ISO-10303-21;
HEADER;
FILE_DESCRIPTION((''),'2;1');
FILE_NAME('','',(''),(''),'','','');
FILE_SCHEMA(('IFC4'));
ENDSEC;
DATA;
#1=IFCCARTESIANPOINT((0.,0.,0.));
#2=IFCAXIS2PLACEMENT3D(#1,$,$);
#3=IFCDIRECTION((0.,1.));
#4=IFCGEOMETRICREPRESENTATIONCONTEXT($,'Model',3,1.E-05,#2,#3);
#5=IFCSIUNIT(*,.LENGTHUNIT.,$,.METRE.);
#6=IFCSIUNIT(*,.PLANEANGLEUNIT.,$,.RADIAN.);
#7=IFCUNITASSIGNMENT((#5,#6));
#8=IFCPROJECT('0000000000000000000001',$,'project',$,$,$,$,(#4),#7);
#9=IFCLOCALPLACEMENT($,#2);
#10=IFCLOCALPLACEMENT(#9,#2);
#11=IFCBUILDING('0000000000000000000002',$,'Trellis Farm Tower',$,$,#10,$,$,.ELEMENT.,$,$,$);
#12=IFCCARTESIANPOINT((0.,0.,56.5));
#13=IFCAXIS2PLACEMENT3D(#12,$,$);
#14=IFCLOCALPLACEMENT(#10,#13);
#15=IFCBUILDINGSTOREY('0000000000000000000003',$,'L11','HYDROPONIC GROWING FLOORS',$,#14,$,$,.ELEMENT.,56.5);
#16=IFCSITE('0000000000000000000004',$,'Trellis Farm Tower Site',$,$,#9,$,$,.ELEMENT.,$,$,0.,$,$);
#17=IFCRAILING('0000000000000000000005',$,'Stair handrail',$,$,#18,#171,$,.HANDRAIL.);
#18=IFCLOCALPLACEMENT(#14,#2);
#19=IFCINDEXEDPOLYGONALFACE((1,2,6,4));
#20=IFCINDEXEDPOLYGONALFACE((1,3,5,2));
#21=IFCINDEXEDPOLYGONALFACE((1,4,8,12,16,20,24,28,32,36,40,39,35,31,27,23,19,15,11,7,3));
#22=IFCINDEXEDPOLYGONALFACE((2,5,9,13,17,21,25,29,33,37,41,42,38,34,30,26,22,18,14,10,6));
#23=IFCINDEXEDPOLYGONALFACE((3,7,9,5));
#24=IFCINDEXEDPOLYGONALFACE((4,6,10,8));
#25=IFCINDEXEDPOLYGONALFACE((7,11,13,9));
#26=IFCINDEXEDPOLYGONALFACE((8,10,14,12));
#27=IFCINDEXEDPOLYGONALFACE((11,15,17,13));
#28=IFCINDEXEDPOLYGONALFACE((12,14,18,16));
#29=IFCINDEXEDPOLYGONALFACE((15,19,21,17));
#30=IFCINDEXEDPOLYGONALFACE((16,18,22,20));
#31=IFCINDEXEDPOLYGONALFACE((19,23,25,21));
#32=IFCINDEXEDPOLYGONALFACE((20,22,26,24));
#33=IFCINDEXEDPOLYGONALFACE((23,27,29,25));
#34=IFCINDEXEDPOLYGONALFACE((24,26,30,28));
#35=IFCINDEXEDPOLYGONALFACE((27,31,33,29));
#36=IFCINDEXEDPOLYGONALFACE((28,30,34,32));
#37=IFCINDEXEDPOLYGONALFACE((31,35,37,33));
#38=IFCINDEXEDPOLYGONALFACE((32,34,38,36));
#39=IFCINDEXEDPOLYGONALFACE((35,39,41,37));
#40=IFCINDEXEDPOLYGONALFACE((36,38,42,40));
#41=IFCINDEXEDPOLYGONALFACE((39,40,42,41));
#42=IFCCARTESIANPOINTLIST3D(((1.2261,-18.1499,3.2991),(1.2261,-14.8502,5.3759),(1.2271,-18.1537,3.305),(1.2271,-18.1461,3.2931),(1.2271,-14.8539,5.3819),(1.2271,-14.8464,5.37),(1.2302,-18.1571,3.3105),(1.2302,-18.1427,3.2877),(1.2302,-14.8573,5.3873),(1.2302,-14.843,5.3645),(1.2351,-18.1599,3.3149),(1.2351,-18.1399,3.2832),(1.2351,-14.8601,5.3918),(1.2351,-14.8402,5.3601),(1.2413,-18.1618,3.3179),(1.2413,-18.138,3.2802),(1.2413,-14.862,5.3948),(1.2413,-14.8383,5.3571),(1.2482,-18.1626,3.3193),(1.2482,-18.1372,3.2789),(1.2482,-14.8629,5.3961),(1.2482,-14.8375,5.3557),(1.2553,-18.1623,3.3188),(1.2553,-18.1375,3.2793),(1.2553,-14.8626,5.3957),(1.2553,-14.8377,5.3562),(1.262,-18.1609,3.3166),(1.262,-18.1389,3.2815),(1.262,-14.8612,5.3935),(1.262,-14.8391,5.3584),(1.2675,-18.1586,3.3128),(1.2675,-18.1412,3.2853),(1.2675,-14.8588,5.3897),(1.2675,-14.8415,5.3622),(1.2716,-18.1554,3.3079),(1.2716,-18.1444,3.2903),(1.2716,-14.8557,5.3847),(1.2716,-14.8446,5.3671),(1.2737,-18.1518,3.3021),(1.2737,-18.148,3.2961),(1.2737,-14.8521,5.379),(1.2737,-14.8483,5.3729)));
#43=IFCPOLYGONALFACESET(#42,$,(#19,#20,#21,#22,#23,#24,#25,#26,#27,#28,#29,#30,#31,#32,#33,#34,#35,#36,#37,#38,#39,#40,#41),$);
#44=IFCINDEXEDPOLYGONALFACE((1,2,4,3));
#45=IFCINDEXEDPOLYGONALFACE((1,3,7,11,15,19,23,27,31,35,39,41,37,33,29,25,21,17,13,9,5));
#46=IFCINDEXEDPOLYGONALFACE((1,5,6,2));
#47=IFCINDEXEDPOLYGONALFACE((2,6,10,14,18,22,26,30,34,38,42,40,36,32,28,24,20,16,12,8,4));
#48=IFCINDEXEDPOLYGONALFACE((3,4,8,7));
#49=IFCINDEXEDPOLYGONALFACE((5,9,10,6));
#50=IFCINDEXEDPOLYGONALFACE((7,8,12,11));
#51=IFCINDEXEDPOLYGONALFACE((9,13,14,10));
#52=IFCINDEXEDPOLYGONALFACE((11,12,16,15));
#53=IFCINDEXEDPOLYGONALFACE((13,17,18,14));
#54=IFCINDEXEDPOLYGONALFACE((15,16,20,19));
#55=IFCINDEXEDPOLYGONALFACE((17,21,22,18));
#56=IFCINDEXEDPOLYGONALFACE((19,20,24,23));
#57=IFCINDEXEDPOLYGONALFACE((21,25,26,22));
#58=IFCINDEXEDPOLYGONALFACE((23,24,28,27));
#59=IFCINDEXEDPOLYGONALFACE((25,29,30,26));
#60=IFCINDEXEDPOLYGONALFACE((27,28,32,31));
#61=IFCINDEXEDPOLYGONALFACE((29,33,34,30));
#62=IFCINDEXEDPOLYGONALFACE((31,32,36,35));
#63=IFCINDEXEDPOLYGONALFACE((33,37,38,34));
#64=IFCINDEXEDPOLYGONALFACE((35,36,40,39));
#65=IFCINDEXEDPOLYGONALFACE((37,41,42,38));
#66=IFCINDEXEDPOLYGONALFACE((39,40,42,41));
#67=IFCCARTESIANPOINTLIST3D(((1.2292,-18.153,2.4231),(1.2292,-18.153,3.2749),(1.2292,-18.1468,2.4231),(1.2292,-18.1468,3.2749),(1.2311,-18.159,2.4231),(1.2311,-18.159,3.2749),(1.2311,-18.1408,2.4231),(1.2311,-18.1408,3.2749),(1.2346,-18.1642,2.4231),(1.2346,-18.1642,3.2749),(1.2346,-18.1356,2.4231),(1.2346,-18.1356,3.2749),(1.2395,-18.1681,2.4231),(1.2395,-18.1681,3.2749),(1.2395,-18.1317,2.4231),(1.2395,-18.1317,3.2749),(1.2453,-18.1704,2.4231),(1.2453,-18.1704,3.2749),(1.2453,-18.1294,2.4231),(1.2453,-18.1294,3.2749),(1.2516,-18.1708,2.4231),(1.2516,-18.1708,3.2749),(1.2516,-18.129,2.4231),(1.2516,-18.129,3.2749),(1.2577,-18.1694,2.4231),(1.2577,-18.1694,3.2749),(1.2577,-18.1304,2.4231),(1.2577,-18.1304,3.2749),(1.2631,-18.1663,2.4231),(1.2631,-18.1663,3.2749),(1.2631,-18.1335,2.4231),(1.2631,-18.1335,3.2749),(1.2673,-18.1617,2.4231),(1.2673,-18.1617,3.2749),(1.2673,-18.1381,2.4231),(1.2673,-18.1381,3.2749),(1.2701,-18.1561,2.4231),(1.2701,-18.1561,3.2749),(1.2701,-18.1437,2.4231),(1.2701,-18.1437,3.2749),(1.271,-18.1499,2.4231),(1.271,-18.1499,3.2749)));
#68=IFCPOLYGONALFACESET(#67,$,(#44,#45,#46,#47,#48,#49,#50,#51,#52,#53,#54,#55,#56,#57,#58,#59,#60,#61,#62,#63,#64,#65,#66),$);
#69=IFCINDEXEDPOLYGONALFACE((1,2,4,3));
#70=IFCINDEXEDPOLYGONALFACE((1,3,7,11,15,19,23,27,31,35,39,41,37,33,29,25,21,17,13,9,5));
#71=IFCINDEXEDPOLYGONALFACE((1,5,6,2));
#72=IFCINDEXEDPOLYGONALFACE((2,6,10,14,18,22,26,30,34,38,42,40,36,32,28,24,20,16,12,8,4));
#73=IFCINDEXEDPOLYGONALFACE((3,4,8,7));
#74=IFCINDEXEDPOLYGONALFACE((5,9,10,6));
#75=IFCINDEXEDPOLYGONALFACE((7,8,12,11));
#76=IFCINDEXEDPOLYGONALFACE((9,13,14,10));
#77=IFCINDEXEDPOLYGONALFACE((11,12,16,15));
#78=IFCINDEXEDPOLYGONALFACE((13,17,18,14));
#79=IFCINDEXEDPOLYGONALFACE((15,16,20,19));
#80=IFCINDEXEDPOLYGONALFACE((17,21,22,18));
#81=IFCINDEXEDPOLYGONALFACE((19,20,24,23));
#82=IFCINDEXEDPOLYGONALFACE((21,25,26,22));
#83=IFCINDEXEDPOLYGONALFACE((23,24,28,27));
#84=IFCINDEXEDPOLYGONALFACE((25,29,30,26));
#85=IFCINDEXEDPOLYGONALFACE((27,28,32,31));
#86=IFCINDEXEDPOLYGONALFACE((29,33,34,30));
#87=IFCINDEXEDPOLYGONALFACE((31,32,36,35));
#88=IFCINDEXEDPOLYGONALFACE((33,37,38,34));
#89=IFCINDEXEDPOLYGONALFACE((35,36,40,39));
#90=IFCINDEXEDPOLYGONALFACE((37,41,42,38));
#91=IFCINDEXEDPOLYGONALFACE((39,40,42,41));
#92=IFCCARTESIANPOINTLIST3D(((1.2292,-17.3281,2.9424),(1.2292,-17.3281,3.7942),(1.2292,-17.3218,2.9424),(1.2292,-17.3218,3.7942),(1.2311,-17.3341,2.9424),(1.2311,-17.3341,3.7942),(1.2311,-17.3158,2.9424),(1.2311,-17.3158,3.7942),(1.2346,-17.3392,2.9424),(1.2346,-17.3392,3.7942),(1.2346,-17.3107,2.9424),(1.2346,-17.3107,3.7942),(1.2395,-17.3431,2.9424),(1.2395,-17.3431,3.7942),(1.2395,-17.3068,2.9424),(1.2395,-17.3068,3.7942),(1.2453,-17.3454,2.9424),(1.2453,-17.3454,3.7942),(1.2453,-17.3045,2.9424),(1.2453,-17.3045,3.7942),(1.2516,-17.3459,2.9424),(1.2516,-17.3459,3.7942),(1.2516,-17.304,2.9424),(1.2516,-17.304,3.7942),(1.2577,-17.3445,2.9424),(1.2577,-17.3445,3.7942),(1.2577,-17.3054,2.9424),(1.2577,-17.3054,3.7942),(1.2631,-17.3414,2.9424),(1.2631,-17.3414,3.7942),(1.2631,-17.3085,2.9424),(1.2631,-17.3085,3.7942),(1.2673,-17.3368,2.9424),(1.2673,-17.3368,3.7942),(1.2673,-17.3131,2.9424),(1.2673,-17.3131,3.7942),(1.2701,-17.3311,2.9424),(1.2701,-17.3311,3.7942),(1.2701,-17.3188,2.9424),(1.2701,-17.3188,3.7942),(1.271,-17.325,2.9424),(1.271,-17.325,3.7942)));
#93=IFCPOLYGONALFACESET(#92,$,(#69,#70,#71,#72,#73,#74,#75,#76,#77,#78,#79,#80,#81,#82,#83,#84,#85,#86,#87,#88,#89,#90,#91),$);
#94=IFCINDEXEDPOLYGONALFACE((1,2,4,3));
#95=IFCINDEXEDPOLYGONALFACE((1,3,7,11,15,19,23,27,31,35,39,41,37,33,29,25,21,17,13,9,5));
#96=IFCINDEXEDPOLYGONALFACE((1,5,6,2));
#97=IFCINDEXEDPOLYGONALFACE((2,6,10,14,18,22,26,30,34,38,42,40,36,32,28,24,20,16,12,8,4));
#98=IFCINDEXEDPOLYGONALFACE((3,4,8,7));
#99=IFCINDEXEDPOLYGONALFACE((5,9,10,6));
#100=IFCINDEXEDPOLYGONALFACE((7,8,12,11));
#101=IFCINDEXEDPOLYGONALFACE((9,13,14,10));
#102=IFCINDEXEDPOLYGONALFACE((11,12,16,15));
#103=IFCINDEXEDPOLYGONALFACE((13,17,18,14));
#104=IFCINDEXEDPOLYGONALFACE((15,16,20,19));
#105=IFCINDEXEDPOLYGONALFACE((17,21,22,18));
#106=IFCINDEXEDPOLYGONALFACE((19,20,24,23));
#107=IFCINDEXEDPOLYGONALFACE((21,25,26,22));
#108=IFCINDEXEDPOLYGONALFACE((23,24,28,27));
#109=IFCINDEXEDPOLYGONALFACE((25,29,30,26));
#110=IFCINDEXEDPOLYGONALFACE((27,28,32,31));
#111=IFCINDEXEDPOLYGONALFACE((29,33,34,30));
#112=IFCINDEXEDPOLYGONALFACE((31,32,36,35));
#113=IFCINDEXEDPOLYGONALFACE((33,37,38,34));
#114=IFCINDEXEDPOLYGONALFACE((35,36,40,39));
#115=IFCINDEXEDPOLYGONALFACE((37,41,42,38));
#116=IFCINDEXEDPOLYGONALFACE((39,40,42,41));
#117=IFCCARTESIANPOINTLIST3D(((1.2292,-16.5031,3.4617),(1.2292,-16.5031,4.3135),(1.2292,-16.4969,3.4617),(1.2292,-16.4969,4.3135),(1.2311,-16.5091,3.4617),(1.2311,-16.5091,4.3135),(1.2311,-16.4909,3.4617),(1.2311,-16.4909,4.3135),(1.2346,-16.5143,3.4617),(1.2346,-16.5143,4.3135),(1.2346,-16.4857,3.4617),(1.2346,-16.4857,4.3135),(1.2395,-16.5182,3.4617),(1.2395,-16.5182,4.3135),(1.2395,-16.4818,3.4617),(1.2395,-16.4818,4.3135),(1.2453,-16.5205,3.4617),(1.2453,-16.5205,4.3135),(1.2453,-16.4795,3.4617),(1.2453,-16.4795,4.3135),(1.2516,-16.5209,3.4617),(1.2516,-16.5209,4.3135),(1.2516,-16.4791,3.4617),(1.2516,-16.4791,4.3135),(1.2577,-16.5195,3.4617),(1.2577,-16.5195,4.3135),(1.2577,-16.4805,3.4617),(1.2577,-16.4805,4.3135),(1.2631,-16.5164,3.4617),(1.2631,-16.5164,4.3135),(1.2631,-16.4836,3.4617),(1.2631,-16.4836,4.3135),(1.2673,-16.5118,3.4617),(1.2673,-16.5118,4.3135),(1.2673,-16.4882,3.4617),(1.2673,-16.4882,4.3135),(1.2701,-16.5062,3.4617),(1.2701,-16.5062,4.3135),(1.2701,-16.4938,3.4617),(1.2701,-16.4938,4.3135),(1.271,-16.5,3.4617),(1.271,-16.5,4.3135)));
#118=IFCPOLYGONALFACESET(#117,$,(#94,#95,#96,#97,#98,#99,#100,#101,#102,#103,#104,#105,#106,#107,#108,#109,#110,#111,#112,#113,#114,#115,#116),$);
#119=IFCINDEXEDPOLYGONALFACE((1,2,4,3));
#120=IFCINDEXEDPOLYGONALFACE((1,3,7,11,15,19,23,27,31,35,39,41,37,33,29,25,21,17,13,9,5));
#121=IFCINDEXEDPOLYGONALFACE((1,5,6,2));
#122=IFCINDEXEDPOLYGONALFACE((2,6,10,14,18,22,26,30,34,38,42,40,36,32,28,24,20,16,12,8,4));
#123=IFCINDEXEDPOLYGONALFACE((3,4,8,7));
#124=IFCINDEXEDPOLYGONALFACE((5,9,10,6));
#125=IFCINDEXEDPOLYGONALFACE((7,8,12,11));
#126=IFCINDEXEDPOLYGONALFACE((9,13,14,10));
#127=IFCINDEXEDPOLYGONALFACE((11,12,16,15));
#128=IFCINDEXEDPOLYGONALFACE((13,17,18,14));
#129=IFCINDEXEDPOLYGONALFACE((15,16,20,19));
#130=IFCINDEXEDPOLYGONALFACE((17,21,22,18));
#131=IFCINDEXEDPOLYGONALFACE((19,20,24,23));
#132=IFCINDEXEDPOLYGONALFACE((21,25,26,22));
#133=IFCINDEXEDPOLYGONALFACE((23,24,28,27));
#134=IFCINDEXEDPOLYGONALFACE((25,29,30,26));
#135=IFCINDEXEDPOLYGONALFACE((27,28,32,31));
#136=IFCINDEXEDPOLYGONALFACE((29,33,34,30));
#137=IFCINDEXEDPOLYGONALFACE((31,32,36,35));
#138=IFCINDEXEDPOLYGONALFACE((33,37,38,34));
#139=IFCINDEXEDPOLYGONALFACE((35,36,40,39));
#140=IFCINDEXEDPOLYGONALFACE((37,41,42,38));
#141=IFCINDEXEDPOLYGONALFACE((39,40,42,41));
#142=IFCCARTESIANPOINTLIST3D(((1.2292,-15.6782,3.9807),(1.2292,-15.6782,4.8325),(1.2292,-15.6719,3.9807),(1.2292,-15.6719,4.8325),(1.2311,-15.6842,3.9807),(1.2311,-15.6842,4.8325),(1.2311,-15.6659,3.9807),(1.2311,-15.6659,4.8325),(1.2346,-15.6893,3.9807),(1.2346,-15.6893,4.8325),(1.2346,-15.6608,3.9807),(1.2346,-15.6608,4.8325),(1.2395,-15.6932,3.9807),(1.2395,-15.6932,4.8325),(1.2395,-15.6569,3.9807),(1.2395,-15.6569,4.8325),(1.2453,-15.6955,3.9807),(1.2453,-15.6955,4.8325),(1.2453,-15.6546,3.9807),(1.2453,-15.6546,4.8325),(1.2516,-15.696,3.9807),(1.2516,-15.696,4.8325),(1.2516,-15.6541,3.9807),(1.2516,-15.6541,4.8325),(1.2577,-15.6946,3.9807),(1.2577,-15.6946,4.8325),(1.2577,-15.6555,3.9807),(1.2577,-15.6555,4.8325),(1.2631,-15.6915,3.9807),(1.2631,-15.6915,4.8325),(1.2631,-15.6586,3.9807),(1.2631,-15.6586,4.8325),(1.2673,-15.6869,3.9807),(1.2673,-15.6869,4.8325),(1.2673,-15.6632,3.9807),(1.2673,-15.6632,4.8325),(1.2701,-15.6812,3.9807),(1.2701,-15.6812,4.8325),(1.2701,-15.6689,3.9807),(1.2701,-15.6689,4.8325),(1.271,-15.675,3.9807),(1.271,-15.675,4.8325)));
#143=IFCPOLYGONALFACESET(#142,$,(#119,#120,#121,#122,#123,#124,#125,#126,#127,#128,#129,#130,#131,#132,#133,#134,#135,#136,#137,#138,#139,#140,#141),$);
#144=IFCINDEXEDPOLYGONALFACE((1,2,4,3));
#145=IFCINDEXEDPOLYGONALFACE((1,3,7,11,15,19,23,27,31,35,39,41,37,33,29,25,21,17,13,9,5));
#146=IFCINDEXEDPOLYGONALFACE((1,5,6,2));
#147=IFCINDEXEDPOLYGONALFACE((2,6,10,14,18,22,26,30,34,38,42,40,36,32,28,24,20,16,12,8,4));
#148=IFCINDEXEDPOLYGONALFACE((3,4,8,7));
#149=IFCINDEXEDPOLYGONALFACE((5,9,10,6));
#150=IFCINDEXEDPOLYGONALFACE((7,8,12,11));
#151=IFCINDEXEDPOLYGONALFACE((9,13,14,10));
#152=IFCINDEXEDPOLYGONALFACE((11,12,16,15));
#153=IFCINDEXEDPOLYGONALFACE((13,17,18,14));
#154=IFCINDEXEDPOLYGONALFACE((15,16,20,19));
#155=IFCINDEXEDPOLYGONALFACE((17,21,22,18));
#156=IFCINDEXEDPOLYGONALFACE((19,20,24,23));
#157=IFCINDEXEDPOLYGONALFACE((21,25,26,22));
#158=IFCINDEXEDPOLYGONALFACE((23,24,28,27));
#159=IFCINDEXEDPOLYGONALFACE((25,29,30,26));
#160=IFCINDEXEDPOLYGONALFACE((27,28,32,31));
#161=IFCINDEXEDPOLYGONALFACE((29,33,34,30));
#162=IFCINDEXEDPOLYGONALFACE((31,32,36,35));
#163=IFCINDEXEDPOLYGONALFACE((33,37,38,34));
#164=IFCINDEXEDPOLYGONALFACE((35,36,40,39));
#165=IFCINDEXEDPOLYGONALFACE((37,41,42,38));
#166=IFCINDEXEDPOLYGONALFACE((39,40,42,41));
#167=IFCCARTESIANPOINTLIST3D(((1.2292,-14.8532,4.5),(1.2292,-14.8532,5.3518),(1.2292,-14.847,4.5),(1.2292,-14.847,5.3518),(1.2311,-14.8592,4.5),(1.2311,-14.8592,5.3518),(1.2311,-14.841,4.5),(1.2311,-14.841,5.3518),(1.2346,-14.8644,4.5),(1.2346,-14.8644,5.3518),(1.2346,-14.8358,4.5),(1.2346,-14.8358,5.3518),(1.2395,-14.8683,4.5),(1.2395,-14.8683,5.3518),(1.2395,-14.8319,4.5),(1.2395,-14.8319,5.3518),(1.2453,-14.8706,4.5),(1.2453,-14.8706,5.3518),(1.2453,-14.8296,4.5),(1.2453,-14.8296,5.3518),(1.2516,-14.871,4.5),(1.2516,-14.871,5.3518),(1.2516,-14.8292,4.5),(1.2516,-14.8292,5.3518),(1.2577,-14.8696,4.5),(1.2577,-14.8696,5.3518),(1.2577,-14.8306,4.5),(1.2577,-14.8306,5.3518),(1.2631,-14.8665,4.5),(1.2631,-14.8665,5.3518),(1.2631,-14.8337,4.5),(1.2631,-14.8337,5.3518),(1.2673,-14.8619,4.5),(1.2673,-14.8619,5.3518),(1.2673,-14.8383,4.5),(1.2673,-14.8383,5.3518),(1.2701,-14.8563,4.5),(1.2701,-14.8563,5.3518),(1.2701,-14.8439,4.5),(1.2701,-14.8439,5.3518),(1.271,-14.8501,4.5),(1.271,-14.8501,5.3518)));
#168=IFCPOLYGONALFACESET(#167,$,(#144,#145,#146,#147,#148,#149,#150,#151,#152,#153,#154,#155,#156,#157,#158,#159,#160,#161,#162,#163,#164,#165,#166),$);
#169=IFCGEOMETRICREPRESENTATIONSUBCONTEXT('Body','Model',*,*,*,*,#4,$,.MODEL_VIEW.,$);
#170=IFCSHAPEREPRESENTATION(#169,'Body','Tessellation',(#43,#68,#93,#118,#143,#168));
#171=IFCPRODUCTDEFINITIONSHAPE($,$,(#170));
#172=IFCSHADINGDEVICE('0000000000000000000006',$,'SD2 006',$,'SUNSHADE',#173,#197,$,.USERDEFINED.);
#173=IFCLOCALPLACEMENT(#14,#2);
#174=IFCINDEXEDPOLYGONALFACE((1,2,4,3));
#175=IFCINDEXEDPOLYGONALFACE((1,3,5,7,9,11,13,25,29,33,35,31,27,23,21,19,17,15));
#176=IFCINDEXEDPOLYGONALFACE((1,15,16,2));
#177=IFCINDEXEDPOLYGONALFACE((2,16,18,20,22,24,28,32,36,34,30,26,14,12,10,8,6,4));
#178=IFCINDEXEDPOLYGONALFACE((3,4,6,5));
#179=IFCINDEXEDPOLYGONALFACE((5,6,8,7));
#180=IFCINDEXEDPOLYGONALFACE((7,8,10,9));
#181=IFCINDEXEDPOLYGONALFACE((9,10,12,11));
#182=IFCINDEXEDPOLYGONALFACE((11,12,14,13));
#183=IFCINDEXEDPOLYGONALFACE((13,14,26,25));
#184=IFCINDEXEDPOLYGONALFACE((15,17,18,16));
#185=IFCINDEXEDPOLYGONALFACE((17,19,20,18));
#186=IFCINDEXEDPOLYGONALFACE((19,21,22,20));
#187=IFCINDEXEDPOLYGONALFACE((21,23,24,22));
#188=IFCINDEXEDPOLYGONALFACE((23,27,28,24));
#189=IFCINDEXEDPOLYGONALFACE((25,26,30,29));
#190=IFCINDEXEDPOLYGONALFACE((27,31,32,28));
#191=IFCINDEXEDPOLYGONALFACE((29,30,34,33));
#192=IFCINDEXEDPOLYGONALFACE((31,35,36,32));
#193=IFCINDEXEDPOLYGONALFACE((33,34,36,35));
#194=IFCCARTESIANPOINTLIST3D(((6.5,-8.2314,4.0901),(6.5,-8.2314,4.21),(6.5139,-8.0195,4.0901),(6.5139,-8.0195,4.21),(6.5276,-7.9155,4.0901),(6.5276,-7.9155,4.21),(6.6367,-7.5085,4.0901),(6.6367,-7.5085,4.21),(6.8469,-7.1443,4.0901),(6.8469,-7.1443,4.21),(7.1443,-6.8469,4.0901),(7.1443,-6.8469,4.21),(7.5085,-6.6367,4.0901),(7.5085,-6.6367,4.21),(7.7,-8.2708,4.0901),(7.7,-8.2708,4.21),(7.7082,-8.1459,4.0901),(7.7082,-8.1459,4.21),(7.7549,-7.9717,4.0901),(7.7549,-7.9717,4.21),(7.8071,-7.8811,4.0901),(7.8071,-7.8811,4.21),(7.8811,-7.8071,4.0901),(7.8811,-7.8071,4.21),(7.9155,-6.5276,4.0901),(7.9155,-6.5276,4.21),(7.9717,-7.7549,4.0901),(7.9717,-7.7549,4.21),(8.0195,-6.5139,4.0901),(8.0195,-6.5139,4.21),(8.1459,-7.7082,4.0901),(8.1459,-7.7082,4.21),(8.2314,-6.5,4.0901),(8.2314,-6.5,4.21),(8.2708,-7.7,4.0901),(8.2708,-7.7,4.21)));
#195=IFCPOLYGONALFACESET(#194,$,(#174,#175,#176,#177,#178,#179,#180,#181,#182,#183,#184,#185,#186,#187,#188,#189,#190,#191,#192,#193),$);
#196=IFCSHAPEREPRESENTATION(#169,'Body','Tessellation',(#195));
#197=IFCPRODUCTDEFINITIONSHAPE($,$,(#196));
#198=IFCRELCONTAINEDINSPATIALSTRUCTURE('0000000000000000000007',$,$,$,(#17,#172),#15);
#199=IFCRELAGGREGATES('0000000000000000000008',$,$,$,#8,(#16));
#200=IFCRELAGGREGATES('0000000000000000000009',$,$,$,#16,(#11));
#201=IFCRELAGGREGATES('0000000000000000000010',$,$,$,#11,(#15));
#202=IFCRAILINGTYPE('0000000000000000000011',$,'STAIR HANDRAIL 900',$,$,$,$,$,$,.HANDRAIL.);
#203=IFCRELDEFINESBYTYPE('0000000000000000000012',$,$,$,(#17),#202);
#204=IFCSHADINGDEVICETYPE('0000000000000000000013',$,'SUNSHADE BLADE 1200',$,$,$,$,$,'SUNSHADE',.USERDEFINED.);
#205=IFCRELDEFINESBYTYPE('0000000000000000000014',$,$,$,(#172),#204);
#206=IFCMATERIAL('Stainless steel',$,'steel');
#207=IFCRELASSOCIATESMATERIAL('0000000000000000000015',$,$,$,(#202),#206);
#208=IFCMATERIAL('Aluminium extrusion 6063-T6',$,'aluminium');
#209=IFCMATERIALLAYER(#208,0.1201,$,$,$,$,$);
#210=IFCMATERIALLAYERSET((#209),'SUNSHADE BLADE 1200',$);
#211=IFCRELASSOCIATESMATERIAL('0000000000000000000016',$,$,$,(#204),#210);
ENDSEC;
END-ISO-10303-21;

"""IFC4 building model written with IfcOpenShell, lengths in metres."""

from ifc_helpers import new_model, si_unit, direction, frame, origin, origin_2d, place, context, subcontext, project, spatial, polyline, circle, outline, extrude, source, transform, mapped, material, layer, layer_set, type_object, element, save


model = new_model("IFC4")

# Units and contexts
model_context = context("Model", 3, precision=1e-05, world=origin(), true_north=direction((0.0, 1.0)))
body_context = subcontext(model_context, "Body", "Model", "MODEL_VIEW")
ifc_project = project(units=[si_unit("LENGTHUNIT", "METRE"), si_unit("PLANEANGLEUNIT", "RADIAN")], contexts=[model_context])

# Site, building, storey
site_placement = place(None, origin())
site = spatial("IfcSite", under=ifc_project, at=site_placement, Name="Trellis Farm Tower Site", CompositionType="ELEMENT", RefElevation=0.0)
building_placement = place(site_placement, origin())
building = spatial("IfcBuilding", under=site, at=building_placement, Name="Trellis Farm Tower", CompositionType="ELEMENT")
storey_placement = place(building_placement, frame((0.0, 0.0, 56.5)))
storey = spatial("IfcBuildingStorey", under=building, at=storey_placement, Name="L11", Description="HYDROPONIC GROWING FLOORS", CompositionType="ELEMENT", Elevation=56.5)

# Railing
ifc_material_1 = material(Name="Stainless steel", Category="steel")
railing_type = type_object("IfcRailingType", Name="STAIR HANDRAIL 900", PredefinedType="HANDRAIL", material=ifc_material_1)
shared_shape_1 = source(origin(), body_context, "Body", "SweptSolid", [
    extrude(circle(Radius=0.0239, at=origin_2d()), frame((0.0, 0.0, 0.876), z_axis=(0.0, 0.84632, 0.532675), x_axis=(-1.0, 0.0, 0.0)), (0.0, 0.0, 1.0), 3.8989),
    extrude(circle(Radius=0.021, at=origin_2d()), origin(), (0.0, 0.0, 1.0), 0.8518),
    extrude(circle(Radius=0.021, at=origin_2d()), frame((0.0, 0.825, 0.5193)), (0.0, 0.0, 1.0), 0.8518),
    extrude(circle(Radius=0.021, at=origin_2d()), frame((0.0, 1.6499, 1.0386)), (0.0, 0.0, 1.0), 0.8518),
    extrude(circle(Radius=0.021, at=origin_2d()), frame((0.0, 2.4749, 1.5576)), (0.0, 0.0, 1.0), 0.8518),
    extrude(circle(Radius=0.021, at=origin_2d()), frame((0.0, 3.2998, 2.0769)), (0.0, 0.0, 1.0), 0.8518),
])
railing_placement = place(storey_placement, frame((1.25, -18.1499, 2.4231)))
element("IfcRailing", 1, at=railing_placement, inside=storey, type_object=railing_type, Name="Stair handrail", PredefinedType="HANDRAIL", context=body_context, shape_type="MappedRepresentation", body=[
    mapped(shared_shape_1, transform((0.0, 0.0, 0.0))),
])

# Shading device
ifc_material_2 = material(Name="Aluminium extrusion 6063-T6", Category="aluminium")
ifc_layer_1 = layer(ifc_material_2, 0.1201)
ifc_layer_set_1 = layer_set([ifc_layer_1], Name="SUNSHADE BLADE 1200")
shading_device_type = type_object("IfcShadingDeviceType", Name="SUNSHADE BLADE 1200", ElementType="SUNSHADE", PredefinedType="USERDEFINED", material=ifc_layer_set_1)
shared_shape_2 = source(origin(), body_context, "Body", "SweptSolid", [
    extrude(outline(polyline([(7.7, -8.2708), (7.7087, -8.1372), (7.707, -8.1501), (7.7549, -7.9717), (7.8071, -7.8811), (7.8811, -7.8071), (7.9717, -7.7549), (8.1501, -7.707), (8.1372, -7.7087), (8.2708, -7.7), (8.2314, -6.5), (8.0195, -6.5139), (7.9155, -6.5276), (7.5085, -6.6367), (7.1443, -6.8469), (6.8469, -7.1443), (6.6367, -7.5085), (6.5276, -7.9155), (6.5139, -8.0195), (6.5, -8.2314), (7.7, -8.2708)])), origin(), (0.0, 0.0, 1.0), 0.1199),
])
shading_device_placement = place(storey_placement, frame((0.0, 0.0, 4.0901)))
element("IfcShadingDevice", 2, at=shading_device_placement, inside=storey, type_object=shading_device_type, Name="SD2 006", ObjectType="SUNSHADE", PredefinedType="USERDEFINED", context=body_context, shape_type="MappedRepresentation", body=[
    mapped(shared_shape_2, transform((0.0, 0.0, 0.0))),
])

save(model, "model.ifc")
